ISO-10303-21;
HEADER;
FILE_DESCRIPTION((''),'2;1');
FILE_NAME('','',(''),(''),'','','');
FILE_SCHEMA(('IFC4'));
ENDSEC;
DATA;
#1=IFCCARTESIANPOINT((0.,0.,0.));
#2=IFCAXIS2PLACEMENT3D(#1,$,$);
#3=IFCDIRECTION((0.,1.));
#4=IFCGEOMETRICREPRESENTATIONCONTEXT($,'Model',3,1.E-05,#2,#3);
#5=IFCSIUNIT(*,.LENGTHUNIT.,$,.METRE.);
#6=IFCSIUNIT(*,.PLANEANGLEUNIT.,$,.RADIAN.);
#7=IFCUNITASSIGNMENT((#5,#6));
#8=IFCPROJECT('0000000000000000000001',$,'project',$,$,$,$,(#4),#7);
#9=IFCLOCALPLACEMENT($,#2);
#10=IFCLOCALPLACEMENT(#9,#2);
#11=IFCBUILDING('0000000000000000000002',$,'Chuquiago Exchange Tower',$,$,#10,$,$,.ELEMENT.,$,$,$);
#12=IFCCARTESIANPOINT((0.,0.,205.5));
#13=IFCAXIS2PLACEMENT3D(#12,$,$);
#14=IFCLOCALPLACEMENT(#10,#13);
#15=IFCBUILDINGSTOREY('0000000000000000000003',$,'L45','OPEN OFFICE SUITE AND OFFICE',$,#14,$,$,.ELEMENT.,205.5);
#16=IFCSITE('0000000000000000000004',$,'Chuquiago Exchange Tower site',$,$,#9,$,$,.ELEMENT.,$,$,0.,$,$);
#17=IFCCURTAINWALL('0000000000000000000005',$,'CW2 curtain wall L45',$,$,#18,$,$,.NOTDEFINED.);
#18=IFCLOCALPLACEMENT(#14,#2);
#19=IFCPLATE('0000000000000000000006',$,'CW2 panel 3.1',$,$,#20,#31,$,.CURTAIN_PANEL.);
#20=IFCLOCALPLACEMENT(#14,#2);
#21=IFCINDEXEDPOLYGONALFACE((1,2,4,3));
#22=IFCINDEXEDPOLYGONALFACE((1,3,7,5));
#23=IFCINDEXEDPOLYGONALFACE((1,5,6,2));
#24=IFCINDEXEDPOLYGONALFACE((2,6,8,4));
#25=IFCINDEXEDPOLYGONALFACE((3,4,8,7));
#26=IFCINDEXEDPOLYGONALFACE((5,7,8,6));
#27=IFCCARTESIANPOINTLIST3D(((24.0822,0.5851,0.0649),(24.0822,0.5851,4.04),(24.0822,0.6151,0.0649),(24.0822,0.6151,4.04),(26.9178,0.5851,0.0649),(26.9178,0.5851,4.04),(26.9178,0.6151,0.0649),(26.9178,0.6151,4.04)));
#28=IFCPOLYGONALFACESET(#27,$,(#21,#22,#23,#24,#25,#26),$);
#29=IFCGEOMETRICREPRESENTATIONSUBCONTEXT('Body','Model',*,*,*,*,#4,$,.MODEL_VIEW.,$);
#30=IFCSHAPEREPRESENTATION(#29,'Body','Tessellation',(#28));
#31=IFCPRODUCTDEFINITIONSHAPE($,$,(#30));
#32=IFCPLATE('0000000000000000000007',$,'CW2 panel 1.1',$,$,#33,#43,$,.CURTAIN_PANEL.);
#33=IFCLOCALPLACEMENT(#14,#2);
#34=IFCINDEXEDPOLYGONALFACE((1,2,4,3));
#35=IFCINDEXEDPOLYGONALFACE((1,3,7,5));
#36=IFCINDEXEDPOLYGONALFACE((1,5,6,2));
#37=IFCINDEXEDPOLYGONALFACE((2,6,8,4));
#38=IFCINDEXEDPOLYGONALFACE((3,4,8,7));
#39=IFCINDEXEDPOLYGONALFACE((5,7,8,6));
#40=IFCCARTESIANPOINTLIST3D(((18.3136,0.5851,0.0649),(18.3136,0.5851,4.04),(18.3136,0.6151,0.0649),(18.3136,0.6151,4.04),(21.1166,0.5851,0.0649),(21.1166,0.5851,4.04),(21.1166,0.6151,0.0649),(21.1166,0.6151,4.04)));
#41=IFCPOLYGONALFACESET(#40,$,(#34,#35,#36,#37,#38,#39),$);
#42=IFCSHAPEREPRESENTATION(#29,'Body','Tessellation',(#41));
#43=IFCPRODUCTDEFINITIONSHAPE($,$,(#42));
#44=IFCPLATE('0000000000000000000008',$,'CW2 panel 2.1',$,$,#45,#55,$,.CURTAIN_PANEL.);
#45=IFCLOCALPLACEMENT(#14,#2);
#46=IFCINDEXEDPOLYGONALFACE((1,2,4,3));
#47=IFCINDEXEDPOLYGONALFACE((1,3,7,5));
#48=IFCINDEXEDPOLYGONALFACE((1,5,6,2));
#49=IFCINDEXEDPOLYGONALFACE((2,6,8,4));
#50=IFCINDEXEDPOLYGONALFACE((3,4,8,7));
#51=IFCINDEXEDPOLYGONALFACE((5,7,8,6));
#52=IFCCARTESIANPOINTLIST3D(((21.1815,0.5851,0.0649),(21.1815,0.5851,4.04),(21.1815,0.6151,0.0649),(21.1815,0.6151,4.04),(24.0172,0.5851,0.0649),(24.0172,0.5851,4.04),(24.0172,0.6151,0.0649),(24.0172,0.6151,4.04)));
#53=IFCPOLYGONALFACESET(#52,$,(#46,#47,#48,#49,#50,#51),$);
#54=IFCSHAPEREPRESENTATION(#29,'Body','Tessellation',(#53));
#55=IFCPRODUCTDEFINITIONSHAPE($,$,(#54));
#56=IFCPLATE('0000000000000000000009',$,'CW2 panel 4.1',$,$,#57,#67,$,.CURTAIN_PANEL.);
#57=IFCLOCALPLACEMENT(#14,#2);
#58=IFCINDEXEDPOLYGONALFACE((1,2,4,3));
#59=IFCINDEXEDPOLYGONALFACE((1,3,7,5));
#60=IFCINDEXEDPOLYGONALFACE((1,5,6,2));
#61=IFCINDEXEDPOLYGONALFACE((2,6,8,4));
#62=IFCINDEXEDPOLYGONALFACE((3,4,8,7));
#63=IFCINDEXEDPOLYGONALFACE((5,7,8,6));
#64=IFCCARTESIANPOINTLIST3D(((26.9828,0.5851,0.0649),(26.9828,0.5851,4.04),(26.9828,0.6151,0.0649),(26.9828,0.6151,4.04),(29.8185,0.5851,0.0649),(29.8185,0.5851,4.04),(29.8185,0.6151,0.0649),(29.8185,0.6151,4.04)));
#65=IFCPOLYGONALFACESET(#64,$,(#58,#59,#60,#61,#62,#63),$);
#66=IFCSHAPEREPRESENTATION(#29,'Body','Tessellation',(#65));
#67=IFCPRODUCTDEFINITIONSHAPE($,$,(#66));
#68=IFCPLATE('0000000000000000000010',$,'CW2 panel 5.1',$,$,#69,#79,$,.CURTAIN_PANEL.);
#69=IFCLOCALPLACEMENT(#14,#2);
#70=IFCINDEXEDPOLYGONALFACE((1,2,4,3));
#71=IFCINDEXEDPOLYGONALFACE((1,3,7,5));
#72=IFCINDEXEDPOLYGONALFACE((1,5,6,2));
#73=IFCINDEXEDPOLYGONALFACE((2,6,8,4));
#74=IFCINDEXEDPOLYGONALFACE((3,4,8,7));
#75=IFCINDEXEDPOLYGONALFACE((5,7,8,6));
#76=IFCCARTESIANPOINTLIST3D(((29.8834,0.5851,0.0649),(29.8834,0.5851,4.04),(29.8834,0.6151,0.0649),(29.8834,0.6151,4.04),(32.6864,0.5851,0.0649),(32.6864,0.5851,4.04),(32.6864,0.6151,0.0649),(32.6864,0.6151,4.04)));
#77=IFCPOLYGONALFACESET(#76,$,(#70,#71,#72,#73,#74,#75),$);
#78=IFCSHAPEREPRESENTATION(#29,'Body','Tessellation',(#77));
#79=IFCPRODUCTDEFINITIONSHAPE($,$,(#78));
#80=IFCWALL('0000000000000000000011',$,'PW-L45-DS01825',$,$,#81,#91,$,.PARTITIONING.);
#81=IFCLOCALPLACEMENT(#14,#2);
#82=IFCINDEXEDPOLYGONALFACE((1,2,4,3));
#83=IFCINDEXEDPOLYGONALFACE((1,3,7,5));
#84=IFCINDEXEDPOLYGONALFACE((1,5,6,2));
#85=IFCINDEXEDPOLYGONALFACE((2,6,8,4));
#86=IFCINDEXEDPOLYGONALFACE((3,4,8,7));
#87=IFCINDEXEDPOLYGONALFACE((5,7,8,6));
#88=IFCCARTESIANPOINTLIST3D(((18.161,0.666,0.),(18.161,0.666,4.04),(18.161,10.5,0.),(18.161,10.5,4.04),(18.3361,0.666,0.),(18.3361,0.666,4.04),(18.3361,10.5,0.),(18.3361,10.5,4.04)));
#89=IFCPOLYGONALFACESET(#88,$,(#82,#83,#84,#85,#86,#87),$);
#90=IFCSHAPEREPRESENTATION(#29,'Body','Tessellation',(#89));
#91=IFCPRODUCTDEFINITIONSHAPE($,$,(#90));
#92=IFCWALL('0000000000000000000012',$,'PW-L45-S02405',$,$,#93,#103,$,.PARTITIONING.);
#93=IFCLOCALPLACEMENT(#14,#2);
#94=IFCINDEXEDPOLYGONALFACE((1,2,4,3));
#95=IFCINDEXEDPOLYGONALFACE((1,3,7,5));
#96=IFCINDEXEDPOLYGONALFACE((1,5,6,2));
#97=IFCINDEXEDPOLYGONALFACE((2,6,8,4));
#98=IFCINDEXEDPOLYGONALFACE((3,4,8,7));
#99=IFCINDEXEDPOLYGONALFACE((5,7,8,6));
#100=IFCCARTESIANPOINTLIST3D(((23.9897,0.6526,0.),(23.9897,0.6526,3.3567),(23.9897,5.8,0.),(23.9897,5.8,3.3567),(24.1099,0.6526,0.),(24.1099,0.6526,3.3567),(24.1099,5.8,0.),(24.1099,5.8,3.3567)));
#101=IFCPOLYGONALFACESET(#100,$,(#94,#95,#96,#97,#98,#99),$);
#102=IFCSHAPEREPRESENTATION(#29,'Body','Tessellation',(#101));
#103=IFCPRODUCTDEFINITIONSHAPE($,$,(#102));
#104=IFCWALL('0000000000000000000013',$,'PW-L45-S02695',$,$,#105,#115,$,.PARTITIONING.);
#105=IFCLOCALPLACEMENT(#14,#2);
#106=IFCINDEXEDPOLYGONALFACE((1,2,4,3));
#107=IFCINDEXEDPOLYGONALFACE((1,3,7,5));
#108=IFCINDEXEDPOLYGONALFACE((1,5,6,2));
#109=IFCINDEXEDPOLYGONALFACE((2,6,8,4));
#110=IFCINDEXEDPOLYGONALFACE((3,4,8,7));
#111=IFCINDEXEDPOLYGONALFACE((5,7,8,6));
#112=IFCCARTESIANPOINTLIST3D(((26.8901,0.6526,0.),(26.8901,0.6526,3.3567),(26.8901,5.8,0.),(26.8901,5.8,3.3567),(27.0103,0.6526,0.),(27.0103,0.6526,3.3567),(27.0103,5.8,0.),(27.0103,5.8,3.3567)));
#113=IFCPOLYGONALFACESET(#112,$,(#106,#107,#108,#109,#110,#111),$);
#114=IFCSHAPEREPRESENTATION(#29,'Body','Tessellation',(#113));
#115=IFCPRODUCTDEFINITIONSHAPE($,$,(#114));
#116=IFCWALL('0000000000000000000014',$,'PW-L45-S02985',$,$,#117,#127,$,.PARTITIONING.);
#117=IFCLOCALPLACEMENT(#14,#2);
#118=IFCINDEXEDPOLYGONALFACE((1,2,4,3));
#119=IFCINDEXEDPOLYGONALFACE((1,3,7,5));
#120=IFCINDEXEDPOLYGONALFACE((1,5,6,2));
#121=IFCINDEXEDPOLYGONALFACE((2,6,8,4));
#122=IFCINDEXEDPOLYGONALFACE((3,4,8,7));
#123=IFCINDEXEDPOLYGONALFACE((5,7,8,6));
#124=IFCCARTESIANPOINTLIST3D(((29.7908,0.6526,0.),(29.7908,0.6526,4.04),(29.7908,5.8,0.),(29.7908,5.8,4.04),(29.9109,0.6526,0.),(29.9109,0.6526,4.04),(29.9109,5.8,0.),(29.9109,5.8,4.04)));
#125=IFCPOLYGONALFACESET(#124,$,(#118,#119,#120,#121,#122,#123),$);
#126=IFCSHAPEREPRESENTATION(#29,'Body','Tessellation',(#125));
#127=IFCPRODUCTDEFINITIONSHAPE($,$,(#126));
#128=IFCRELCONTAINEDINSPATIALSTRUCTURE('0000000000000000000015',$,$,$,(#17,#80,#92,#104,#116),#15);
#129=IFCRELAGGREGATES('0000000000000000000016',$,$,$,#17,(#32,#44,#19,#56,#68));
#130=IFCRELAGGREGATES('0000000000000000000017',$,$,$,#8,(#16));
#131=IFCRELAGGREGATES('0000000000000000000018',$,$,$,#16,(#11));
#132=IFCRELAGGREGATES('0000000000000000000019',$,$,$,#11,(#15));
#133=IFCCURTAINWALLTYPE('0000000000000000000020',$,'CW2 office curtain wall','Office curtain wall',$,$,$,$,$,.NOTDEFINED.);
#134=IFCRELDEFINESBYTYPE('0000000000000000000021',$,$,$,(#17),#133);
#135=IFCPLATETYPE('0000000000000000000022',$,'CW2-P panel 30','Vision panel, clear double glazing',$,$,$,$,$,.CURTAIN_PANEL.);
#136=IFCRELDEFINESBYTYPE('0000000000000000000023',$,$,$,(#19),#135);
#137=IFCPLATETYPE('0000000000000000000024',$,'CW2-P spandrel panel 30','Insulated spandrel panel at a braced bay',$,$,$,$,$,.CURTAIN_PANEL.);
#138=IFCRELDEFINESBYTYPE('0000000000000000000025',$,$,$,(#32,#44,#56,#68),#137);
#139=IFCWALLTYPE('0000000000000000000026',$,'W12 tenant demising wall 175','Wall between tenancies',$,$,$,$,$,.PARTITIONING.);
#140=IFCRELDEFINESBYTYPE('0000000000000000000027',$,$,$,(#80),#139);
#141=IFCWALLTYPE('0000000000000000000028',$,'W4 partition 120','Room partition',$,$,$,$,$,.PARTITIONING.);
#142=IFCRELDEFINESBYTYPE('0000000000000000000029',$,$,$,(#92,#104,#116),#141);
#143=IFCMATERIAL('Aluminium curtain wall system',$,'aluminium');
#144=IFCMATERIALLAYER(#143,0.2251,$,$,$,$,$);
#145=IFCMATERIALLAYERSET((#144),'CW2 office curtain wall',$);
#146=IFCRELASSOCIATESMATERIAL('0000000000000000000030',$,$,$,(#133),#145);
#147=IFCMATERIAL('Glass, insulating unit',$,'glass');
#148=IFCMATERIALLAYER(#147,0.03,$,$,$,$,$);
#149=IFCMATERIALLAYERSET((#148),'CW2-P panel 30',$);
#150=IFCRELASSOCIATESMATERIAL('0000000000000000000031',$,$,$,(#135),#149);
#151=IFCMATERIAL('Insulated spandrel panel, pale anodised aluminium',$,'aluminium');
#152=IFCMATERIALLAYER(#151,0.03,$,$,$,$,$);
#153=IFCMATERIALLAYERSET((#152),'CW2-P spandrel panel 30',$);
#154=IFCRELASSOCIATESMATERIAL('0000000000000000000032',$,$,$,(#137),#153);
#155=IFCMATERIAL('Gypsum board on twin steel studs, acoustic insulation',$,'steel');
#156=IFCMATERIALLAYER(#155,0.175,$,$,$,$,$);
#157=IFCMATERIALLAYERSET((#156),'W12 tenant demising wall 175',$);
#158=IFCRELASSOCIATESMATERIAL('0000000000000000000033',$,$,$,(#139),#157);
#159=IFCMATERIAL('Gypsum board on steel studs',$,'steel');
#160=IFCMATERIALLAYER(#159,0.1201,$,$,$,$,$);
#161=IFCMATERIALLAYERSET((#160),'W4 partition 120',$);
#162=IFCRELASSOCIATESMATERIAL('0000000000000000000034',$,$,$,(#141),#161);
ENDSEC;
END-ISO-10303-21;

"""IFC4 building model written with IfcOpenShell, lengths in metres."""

from ifc_helpers import new_model, si_unit, direction, frame, frame_2d, origin, origin_2d, place, context, subcontext, project, spatial, rectangle, extrude, material, layer, layer_set, type_object, element, aggregate, save


model = new_model("IFC4")

# Units and contexts
model_context = context("Model", 3, precision=1e-05, world=origin(), true_north=direction((0.0, 1.0)))
body_context = subcontext(model_context, "Body", "Model", "MODEL_VIEW")
ifc_project = project(units=[si_unit("LENGTHUNIT", "METRE"), si_unit("PLANEANGLEUNIT", "RADIAN")], contexts=[model_context])

# Site, building, storey
site_placement = place(None, origin())
site = spatial("IfcSite", under=ifc_project, at=site_placement, Name="Chuquiago Exchange Tower site", CompositionType="ELEMENT", RefElevation=0.0)
building_placement = place(site_placement, origin())
building = spatial("IfcBuilding", under=site, at=building_placement, Name="Chuquiago Exchange Tower", CompositionType="ELEMENT")
storey_placement = place(building_placement, frame((0.0, 0.0, 205.5)))
storey = spatial("IfcBuildingStorey", under=building, at=storey_placement, Name="L45", Description="OPEN OFFICE SUITE AND OFFICE", CompositionType="ELEMENT", Elevation=205.5)

# Curtain wall
ifc_material_1 = material(Name="Aluminium curtain wall system", Category="aluminium")
ifc_layer_1 = layer(ifc_material_1, 0.2251)
ifc_layer_set_1 = layer_set([ifc_layer_1], Name="CW2 office curtain wall")
curtain_wall_type_1 = type_object("IfcCurtainWallType", Name="CW2 office curtain wall", Description="Office curtain wall", PredefinedType="NOTDEFINED", material=ifc_layer_set_1)
curtain_wall_1_placement = place(storey_placement, origin())
curtain_wall_1 = element("IfcCurtainWall", 1, at=curtain_wall_1_placement, inside=storey, type_object=curtain_wall_type_1, Name="CW2 curtain wall L45", PredefinedType="NOTDEFINED")

# Plates
ifc_material_2 = material(Name="Glass, insulating unit", Category="glass")
ifc_layer_2 = layer(ifc_material_2, 0.03)
ifc_layer_set_2 = layer_set([ifc_layer_2], Name="CW2-P panel 30")
plate_type_1 = type_object("IfcPlateType", Name="CW2-P panel 30", Description="Vision panel, clear double glazing", PredefinedType="CURTAIN_PANEL", material=ifc_layer_set_2)
plate_1_placement = place(storey_placement, frame((25.5, 0.6001, 0.0649), z_axis=(0.0, 0.0, 1.0), x_axis=(1.0, 0.0, 0.0)))
plate_1 = element("IfcPlate", 2, at=plate_1_placement, type_object=plate_type_1, Name="CW2 panel 3.1", PredefinedType="CURTAIN_PANEL", context=body_context, shape_type="SweptSolid", body=[
    extrude(rectangle(XDim=2.8357, YDim=0.03, at=origin_2d()), origin(), (0.0, 0.0, 1.0), 3.9751),
])
ifc_material_3 = material(Name="Insulated spandrel panel, pale anodised aluminium", Category="aluminium")
ifc_layer_3 = layer(ifc_material_3, 0.03)
ifc_layer_set_3 = layer_set([ifc_layer_3], Name="CW2-P spandrel panel 30")
plate_type_2 = type_object("IfcPlateType", Name="CW2-P spandrel panel 30", Description="Insulated spandrel panel at a braced bay", PredefinedType="CURTAIN_PANEL", material=ifc_layer_set_3)
plate_2_placement = place(storey_placement, frame((19.7151, 0.6001, 0.0649), z_axis=(0.0, 0.0, 1.0), x_axis=(1.0, 0.0, 0.0)))
plate_2 = element("IfcPlate", 3, at=plate_2_placement, type_object=plate_type_2, Name="CW2 panel 1.1", PredefinedType="CURTAIN_PANEL", context=body_context, shape_type="SweptSolid", body=[
    extrude(rectangle(XDim=2.803, YDim=0.03, at=origin_2d()), origin(), (0.0, 0.0, 1.0), 3.9751),
])
plate_3_placement = place(storey_placement, frame((22.5994, 0.6001, 0.0649), z_axis=(0.0, 0.0, 1.0), x_axis=(1.0, 0.0, 0.0)))
plate_3 = element("IfcPlate", 4, at=plate_3_placement, type_object=plate_type_2, Name="CW2 panel 2.1", PredefinedType="CURTAIN_PANEL", context=body_context, shape_type="SweptSolid", body=[
    extrude(rectangle(XDim=2.8357, YDim=0.03, at=origin_2d()), origin(), (0.0, 0.0, 1.0), 3.9751),
])
plate_4_placement = place(storey_placement, frame((28.4006, 0.6001, 0.0649), z_axis=(0.0, 0.0, 1.0), x_axis=(1.0, 0.0, 0.0)))
plate_4 = element("IfcPlate", 5, at=plate_4_placement, type_object=plate_type_2, Name="CW2 panel 4.1", PredefinedType="CURTAIN_PANEL", context=body_context, shape_type="SweptSolid", body=[
    extrude(rectangle(XDim=2.8357, YDim=0.03, at=origin_2d()), origin(), (0.0, 0.0, 1.0), 3.9751),
])
plate_5_placement = place(storey_placement, frame((31.2849, 0.6001, 0.0649), z_axis=(0.0, 0.0, 1.0), x_axis=(1.0, 0.0, 0.0)))
plate_5 = element("IfcPlate", 6, at=plate_5_placement, type_object=plate_type_2, Name="CW2 panel 5.1", PredefinedType="CURTAIN_PANEL", context=body_context, shape_type="SweptSolid", body=[
    extrude(rectangle(XDim=2.803, YDim=0.03, at=origin_2d()), origin(), (0.0, 0.0, 1.0), 3.9751),
])
aggregate(curtain_wall_1, [plate_2, plate_3, plate_1, plate_4, plate_5])

# Walls
ifc_material_4 = material(Name="Gypsum board on twin steel studs, acoustic insulation", Category="steel")
ifc_layer_4 = layer(ifc_material_4, 0.175)
ifc_layer_set_4 = layer_set([ifc_layer_4], Name="W12 tenant demising wall 175")
wall_type_1 = type_object("IfcWallType", Name="W12 tenant demising wall 175", Description="Wall between tenancies", PredefinedType="PARTITIONING", material=ifc_layer_set_4)
wall_1_placement = place(storey_placement, frame((18.2485, 0.666, 0.0), z_axis=(0.0, 0.0, 1.0), x_axis=(0.0, 1.0, 0.0)))
element("IfcWall", 7, at=wall_1_placement, inside=storey, type_object=wall_type_1, Name="PW-L45-DS01825", PredefinedType="PARTITIONING", context=body_context, shape_type="SweptSolid", body=[
    extrude(rectangle(XDim=9.834, YDim=0.175, at=frame_2d((4.917, 0.0))), origin(), (0.0, 0.0, 1.0), 4.04),
])
ifc_material_5 = material(Name="Gypsum board on steel studs", Category="steel")
ifc_layer_5 = layer(ifc_material_5, 0.1201)
ifc_layer_set_5 = layer_set([ifc_layer_5], Name="W4 partition 120")
wall_type_2 = type_object("IfcWallType", Name="W4 partition 120", Description="Room partition", PredefinedType="PARTITIONING", material=ifc_layer_set_5)
for number, where, z_axis, x_axis, name in (
    (8, (24.0498, 0.6526, 0.0), (0.0, 0.0, 1.0), (0.0, 1.0, 0.0), "PW-L45-S02405"),
    (9, (26.9502, 0.6526, 0.0), (0.0, 0.0, 1.0), (0.0, 1.0, 0.0), "PW-L45-S02695"),
):
    element("IfcWall", number, at=place(storey_placement, frame(where, z_axis=z_axis, x_axis=x_axis)), inside=storey, type_object=wall_type_2, Name=name, PredefinedType="PARTITIONING", context=body_context, shape_type="SweptSolid", body=[
        extrude(rectangle(XDim=5.1475, YDim=0.1201, at=frame_2d((2.5737, 0.0))), origin(), (0.0, 0.0, 1.0), 3.3567),
    ])
wall_2_placement = place(storey_placement, frame((29.8508, 0.6526, 0.0), z_axis=(0.0, 0.0, 1.0), x_axis=(0.0, 1.0, 0.0)))
element("IfcWall", 10, at=wall_2_placement, inside=storey, type_object=wall_type_2, Name="PW-L45-S02985", PredefinedType="PARTITIONING", context=body_context, shape_type="SweptSolid", body=[
    extrude(rectangle(XDim=5.1475, YDim=0.1201, at=frame_2d((2.5737, 0.0))), origin(), (0.0, 0.0, 1.0), 4.04),
])

save(model, "model.ifc")
